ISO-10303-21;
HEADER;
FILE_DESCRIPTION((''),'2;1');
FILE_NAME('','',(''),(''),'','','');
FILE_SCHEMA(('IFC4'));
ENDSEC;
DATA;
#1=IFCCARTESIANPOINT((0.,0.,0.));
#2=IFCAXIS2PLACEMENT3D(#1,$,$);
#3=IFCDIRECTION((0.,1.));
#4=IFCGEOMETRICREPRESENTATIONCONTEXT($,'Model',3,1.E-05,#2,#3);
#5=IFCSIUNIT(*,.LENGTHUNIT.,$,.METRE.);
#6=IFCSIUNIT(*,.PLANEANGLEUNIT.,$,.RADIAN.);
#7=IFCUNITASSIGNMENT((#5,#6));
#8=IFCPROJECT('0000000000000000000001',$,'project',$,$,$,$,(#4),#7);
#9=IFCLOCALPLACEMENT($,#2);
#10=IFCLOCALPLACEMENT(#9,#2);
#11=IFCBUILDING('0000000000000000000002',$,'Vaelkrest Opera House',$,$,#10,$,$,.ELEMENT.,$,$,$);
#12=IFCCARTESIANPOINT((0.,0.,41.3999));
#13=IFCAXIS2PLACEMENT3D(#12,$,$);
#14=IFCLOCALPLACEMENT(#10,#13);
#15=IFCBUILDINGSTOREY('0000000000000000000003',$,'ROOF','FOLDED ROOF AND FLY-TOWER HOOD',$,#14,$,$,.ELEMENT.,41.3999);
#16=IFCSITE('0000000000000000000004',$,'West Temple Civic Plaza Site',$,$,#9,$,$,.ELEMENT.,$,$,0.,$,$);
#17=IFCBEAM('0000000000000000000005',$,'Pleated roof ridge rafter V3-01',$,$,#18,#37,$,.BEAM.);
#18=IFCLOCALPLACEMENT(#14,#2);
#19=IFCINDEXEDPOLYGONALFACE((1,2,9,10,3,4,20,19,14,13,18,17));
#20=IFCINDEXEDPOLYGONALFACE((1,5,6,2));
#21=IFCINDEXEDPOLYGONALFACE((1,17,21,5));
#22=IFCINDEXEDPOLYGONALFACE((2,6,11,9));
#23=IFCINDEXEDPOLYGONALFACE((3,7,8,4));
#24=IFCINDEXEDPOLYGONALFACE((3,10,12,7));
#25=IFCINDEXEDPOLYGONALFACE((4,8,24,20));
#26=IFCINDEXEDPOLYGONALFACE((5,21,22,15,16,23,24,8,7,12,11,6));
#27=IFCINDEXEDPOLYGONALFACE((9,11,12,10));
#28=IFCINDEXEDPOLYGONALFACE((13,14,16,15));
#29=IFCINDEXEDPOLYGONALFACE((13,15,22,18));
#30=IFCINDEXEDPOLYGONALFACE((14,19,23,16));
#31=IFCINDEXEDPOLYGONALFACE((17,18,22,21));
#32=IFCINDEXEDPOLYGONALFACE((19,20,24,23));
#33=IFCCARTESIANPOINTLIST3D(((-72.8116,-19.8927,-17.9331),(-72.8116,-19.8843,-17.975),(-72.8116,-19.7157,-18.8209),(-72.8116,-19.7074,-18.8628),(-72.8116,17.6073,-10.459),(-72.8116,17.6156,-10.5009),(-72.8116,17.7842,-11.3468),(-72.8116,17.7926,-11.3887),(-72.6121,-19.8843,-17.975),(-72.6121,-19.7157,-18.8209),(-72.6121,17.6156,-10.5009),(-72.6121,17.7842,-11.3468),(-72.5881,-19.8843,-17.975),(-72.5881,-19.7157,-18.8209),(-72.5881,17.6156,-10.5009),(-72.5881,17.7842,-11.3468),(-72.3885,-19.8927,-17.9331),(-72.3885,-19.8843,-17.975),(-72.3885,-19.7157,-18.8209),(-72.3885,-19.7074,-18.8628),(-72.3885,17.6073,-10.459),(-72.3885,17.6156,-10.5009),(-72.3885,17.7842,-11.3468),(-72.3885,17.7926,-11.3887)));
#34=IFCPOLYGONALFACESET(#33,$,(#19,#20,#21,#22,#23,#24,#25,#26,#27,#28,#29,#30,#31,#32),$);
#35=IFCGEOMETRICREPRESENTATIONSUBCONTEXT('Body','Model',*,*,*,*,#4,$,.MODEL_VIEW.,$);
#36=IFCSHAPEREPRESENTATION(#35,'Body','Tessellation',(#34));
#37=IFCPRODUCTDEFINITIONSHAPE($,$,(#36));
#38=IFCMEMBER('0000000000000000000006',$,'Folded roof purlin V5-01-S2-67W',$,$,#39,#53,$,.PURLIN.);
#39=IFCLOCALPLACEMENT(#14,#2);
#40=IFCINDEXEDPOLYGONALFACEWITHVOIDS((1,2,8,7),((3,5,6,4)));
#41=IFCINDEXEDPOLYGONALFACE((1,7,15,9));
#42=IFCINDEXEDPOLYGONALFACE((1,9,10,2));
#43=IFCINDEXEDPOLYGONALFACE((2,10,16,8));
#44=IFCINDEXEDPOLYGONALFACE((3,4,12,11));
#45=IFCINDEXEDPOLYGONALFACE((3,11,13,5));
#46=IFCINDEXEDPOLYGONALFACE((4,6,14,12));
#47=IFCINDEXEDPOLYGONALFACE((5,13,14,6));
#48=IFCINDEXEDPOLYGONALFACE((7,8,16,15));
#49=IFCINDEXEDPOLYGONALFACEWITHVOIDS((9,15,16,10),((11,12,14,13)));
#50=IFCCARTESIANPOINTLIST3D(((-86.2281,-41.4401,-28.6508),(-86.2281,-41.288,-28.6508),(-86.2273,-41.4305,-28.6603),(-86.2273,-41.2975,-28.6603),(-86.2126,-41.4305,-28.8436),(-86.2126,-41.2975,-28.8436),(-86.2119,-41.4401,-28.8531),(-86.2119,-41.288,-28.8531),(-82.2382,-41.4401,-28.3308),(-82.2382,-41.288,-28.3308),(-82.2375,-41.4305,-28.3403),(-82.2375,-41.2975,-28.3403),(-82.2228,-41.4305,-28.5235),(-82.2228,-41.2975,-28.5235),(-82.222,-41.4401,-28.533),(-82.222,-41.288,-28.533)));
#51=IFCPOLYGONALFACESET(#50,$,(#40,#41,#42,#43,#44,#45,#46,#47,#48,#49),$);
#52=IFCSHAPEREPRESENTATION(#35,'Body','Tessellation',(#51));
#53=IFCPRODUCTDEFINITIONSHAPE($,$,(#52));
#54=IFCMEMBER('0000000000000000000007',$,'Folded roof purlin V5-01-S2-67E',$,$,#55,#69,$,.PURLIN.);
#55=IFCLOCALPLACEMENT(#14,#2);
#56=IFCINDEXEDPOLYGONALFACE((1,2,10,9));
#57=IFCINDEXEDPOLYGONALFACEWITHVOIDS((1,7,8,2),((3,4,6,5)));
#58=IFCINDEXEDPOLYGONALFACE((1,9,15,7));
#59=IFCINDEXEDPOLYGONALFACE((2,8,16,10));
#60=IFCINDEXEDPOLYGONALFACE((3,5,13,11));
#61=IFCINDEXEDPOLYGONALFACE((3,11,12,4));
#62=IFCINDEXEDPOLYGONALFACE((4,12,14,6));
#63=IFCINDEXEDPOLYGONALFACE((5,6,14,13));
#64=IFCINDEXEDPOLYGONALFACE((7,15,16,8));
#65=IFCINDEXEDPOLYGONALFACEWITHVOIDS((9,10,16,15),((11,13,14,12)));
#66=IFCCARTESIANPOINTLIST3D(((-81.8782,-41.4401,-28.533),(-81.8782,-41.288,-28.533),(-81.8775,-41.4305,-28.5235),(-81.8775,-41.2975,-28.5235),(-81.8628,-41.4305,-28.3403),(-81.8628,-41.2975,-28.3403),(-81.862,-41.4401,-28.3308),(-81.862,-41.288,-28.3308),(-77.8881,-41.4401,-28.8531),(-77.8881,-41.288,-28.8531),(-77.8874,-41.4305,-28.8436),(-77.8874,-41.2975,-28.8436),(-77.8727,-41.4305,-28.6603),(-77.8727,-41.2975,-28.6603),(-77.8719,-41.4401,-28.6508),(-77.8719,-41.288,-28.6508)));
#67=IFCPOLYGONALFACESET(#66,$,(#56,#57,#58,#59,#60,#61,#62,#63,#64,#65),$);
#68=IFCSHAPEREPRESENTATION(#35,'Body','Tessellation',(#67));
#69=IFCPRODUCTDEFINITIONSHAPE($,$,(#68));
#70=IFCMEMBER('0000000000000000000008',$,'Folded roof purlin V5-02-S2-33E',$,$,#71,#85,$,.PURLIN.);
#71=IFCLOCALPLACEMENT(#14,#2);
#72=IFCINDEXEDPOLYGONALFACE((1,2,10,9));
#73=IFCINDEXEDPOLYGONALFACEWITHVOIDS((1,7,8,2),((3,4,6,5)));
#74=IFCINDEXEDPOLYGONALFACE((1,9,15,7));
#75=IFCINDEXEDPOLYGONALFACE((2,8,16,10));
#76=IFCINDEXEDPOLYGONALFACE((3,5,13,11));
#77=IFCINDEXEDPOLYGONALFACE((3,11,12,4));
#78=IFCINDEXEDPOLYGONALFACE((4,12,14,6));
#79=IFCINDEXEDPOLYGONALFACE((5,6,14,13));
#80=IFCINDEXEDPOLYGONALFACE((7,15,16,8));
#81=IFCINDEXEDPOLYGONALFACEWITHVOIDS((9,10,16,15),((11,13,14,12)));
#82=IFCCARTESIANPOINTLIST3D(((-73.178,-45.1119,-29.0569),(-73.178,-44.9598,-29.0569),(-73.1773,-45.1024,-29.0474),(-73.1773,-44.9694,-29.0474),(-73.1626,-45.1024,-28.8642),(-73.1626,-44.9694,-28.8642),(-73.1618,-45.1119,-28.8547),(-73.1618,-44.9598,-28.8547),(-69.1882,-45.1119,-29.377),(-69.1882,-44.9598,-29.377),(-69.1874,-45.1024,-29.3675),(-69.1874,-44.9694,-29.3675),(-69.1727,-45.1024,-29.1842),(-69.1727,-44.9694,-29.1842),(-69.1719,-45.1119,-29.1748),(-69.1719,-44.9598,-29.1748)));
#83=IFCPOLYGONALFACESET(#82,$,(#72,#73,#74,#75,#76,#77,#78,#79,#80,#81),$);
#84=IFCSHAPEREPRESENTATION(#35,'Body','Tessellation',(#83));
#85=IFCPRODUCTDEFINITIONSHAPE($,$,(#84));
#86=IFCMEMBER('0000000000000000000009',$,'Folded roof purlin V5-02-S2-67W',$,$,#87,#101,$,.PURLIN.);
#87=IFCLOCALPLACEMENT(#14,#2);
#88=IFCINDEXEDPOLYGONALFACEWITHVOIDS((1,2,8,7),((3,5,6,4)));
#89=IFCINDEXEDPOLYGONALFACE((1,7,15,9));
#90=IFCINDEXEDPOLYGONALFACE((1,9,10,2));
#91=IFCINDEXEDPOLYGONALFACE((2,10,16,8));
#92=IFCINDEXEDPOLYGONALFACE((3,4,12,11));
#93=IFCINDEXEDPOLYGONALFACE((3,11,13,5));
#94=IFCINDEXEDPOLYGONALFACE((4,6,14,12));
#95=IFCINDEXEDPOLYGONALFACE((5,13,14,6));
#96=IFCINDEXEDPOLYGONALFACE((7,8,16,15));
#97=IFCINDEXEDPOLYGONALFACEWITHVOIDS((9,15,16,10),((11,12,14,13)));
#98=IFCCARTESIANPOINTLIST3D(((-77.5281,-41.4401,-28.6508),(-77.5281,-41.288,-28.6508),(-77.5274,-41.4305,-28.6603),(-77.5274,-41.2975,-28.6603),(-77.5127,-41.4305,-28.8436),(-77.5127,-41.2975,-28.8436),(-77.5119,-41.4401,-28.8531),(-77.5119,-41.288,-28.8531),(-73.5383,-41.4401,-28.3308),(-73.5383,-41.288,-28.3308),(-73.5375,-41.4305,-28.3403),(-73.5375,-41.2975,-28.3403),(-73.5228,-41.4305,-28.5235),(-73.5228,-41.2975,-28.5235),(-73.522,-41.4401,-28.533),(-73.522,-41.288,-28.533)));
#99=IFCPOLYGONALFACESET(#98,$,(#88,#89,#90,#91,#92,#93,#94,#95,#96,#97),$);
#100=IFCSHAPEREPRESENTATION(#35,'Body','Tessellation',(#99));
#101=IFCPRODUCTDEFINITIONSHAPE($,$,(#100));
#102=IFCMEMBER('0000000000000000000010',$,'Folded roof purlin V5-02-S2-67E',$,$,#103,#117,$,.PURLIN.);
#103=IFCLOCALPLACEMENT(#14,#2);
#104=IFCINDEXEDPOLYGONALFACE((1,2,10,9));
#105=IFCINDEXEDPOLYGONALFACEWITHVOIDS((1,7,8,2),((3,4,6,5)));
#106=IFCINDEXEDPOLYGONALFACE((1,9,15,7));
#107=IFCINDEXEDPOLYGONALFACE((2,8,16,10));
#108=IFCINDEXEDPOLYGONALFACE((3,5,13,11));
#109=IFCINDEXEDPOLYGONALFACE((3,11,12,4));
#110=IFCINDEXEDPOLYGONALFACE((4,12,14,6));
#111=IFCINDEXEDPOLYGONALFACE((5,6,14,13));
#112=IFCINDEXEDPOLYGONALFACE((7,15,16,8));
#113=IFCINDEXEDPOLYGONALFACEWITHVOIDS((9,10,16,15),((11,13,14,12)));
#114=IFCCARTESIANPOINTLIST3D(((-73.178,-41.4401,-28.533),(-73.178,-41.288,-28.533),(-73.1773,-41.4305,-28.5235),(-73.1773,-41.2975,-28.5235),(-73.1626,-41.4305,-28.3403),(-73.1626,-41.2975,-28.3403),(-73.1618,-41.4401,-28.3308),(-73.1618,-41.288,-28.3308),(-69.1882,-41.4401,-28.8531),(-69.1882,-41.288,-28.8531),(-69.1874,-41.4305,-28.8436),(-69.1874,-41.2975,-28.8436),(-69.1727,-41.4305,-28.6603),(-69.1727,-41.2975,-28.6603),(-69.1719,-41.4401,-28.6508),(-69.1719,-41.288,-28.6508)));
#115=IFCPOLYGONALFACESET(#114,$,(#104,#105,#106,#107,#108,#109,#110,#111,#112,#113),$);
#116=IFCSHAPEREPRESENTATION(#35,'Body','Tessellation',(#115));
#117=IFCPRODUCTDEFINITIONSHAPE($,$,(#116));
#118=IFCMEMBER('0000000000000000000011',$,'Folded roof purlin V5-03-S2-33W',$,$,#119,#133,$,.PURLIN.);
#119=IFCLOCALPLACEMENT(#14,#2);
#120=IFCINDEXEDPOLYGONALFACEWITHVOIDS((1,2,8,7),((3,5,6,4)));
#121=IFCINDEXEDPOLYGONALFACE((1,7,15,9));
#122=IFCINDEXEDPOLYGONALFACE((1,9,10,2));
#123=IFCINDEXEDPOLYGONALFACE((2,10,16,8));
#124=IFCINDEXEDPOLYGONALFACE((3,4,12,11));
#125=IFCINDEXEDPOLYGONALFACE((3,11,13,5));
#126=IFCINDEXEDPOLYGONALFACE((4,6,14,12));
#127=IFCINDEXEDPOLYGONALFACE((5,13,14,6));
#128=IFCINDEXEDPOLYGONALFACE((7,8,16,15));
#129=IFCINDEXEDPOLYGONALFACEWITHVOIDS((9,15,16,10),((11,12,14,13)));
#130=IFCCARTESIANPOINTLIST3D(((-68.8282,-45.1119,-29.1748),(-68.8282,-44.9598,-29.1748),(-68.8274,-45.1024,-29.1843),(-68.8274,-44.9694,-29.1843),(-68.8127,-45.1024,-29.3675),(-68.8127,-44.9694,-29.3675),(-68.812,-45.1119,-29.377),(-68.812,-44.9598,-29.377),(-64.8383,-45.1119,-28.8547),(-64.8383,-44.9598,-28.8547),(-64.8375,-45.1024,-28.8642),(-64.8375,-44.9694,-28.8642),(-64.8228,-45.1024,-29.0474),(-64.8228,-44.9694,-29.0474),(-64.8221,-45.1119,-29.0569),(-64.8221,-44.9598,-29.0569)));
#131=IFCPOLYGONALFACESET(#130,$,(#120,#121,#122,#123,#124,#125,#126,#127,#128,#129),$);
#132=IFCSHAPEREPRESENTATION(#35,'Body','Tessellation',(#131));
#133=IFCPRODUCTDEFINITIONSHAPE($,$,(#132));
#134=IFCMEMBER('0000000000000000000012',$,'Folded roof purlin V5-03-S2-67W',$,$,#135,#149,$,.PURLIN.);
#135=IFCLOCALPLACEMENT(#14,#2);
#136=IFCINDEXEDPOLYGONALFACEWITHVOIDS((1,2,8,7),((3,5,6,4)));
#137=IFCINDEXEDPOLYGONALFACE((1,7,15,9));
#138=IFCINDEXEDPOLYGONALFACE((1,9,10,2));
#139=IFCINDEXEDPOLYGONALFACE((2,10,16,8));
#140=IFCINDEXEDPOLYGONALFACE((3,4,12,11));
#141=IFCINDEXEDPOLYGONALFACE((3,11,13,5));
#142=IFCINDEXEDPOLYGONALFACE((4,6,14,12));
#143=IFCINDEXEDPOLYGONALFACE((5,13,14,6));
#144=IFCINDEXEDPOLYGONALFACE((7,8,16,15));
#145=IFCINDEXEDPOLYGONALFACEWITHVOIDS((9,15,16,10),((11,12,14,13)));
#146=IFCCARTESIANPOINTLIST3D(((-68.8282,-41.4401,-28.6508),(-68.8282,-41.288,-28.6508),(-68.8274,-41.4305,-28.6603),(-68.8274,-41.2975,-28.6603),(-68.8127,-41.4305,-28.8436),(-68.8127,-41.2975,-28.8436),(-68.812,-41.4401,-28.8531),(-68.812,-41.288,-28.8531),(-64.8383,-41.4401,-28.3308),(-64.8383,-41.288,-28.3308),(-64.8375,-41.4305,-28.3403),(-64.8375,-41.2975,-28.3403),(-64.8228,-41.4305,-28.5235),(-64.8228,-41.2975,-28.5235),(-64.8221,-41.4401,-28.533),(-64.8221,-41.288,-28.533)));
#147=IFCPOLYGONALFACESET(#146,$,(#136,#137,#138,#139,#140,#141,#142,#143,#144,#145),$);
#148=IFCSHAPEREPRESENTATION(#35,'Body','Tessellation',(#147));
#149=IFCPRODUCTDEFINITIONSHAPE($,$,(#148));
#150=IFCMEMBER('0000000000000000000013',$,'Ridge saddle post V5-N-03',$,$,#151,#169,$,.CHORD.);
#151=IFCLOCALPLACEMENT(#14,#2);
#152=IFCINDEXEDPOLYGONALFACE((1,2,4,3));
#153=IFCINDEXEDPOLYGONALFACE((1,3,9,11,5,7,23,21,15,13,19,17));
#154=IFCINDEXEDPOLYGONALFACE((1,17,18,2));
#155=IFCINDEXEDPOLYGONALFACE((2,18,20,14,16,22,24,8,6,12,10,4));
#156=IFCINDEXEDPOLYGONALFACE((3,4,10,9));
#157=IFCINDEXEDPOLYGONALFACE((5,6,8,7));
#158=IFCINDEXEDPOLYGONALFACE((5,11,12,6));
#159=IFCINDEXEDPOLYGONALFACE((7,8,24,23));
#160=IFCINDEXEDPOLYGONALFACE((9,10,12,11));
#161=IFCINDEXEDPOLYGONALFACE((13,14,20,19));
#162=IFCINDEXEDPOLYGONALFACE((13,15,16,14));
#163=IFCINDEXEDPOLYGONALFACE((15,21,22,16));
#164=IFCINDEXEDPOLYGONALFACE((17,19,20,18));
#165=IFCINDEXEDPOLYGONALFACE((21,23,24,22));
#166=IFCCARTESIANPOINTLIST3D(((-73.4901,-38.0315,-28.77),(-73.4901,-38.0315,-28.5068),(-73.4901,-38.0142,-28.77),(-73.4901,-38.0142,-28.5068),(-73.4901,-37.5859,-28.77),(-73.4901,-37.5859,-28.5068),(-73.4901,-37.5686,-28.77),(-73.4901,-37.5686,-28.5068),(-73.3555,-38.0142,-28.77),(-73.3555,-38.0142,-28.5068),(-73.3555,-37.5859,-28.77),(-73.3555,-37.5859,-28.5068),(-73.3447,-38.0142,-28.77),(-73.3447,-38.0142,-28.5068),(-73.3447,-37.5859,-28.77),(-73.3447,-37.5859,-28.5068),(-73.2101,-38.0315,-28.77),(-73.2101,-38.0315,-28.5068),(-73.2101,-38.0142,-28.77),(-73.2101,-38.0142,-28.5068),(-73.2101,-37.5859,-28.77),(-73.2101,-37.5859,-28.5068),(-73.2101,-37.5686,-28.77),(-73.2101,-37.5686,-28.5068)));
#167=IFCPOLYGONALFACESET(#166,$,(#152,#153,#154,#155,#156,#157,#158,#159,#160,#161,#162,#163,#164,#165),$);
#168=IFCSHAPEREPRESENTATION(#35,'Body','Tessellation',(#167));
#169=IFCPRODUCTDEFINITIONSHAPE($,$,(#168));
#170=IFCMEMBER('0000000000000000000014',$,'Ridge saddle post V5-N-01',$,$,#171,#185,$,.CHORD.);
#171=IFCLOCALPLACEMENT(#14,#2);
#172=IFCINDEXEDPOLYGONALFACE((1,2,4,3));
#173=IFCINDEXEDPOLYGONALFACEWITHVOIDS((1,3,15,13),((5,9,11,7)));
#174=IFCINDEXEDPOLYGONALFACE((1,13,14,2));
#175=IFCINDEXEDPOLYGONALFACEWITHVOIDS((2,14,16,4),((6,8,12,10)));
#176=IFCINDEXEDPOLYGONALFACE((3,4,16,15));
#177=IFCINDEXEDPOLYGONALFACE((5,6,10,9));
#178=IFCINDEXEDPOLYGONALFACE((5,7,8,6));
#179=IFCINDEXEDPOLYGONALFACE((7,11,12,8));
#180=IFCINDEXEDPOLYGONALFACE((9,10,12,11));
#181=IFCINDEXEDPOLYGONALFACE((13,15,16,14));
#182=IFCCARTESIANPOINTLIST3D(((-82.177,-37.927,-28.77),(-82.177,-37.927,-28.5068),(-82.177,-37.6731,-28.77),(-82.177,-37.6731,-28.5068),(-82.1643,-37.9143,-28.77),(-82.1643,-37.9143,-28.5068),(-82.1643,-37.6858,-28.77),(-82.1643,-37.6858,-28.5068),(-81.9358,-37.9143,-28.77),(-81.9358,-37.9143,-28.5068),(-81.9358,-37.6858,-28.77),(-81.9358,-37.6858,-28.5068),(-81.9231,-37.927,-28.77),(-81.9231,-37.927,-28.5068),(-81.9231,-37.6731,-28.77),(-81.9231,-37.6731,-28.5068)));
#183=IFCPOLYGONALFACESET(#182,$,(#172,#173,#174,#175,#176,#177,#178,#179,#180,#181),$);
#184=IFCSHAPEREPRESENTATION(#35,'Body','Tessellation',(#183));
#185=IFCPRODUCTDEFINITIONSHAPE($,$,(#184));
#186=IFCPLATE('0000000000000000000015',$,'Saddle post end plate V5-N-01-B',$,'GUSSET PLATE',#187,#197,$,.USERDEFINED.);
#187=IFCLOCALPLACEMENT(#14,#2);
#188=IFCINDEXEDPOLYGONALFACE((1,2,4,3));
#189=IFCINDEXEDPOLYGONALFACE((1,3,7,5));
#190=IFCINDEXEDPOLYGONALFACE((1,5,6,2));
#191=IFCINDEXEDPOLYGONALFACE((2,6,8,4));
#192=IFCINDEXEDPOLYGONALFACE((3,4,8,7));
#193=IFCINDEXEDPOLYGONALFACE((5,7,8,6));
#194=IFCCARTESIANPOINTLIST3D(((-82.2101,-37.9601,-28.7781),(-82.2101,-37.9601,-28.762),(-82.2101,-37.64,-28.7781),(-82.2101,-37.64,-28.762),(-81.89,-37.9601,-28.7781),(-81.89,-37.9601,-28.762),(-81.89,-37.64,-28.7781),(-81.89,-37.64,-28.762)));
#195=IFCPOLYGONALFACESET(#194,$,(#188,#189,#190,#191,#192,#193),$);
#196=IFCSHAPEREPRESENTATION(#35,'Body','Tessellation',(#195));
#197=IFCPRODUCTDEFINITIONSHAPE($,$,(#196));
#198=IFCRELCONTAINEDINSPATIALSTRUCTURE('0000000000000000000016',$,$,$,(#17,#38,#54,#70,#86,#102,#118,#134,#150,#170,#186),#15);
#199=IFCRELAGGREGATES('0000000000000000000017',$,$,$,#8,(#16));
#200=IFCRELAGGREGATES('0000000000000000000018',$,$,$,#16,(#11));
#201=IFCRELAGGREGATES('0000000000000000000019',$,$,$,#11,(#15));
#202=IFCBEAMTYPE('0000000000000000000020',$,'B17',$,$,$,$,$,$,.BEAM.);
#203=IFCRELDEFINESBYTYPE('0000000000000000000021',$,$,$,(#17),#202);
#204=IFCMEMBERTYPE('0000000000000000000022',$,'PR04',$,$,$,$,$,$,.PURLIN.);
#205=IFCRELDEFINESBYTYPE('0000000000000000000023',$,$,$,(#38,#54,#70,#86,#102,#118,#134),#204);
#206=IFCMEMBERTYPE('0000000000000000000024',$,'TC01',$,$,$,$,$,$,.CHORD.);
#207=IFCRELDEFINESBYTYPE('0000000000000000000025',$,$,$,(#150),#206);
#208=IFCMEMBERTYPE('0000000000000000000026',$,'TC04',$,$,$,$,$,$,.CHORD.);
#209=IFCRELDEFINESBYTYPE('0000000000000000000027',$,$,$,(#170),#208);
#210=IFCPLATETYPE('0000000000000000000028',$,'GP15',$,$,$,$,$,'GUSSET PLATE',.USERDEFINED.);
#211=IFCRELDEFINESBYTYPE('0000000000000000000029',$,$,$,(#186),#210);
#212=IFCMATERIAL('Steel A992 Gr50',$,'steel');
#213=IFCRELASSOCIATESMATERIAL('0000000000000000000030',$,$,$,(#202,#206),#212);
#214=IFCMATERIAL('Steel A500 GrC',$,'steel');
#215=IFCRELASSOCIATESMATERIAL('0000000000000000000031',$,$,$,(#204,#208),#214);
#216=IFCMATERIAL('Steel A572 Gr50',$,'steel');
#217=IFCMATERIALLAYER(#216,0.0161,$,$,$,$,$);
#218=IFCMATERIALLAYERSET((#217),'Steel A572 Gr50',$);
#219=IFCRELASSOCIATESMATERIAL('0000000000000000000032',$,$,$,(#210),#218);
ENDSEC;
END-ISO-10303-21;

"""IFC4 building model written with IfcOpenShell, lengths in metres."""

from ifc_helpers import new_model, si_unit, direction, frame, origin, origin_2d, place, context, subcontext, project, spatial, rectangle, hollow_rectangle, i_section, extrude, material, layer, layer_set, material_profile, profile_set, type_object, element, save


model = new_model("IFC4")

# Units and contexts
model_context = context("Model", 3, precision=1e-05, world=origin(), true_north=direction((0.0, 1.0)))
body_context = subcontext(model_context, "Body", "Model", "MODEL_VIEW")
ifc_project = project(units=[si_unit("LENGTHUNIT", "METRE"), si_unit("PLANEANGLEUNIT", "RADIAN")], contexts=[model_context])

# Site, building, storey
site_placement = place(None, origin())
site = spatial("IfcSite", under=ifc_project, at=site_placement, Name="West Temple Civic Plaza Site", CompositionType="ELEMENT", RefElevation=0.0)
building_placement = place(site_placement, origin())
building = spatial("IfcBuilding", under=site, at=building_placement, Name="Vaelkrest Opera House", CompositionType="ELEMENT")
storey_placement = place(building_placement, frame((0.0, 0.0, 41.3999)))
storey = spatial("IfcBuildingStorey", under=building, at=storey_placement, Name="ROOF", Description="FOLDED ROOF AND FLY-TOWER HOOD", CompositionType="ELEMENT", Elevation=41.3999)

# Beam
ifc_material_1 = material(Name="Steel A992 Gr50", Category="steel")
ifc_material_profile_1 = material_profile(ifc_material_1, i_section(OverallWidth=0.4231, OverallDepth=0.948, WebThickness=0.0239, FlangeThickness=0.0427, at=origin_2d()), Name="W36X302")
ifc_profile_set_1 = profile_set([ifc_material_profile_1], Name="Steel A992 Gr50")
beam_type = type_object("IfcBeamType", Name="B17", PredefinedType="BEAM", material=ifc_profile_set_1)
beam_placement = place(storey_placement, frame((-72.6001, -19.8, -18.3979), z_axis=(0.0, 0.980711, 0.195465), x_axis=(-1.0, 0.0, 0.0)))
element("IfcBeam", 1, at=beam_placement, inside=storey, type_object=beam_type, Name="Pleated roof ridge rafter V3-01", PredefinedType="BEAM", context=body_context, shape_type="SweptSolid", body=[
    extrude(i_section(OverallWidth=0.4231, OverallDepth=0.948, WebThickness=0.0239, FlangeThickness=0.0427, at=origin_2d()), origin(), (0.0, 0.0, 1.0), 38.2375),
])

# Members
ifc_material_2 = material(Name="Steel A500 GrC", Category="steel")
ifc_material_profile_2 = material_profile(ifc_material_2, hollow_rectangle(XDim=0.1521, YDim=0.2029, WallThickness=0.0095, at=origin_2d()), Name="HSS203X152X9.5")
ifc_profile_set_2 = profile_set([ifc_material_profile_2], Name="Steel A500 GrC")
member_type_1 = type_object("IfcMemberType", Name="PR04", PredefinedType="PURLIN", material=ifc_profile_set_2)
member_1_placement = place(storey_placement, frame((-86.22, -41.364, -28.752), z_axis=(0.996798, 0.0, 0.079961), x_axis=(0.0, 1.0, 0.0)))
element("IfcMember", 2, at=member_1_placement, inside=storey, type_object=member_type_1, Name="Folded roof purlin V5-01-S2-67W", PredefinedType="PURLIN", context=body_context, shape_type="SweptSolid", body=[
    extrude(hollow_rectangle(XDim=0.1521, YDim=0.2029, WallThickness=0.0095, at=origin_2d()), origin(), (0.0, 0.0, 1.0), 4.0027),
])
member_2_placement = place(storey_placement, frame((-81.8701, -41.364, -28.4319), z_axis=(0.996798, 0.0, -0.079956), x_axis=(0.0, 1.0, 0.0)))
element("IfcMember", 3, at=member_2_placement, inside=storey, type_object=member_type_1, Name="Folded roof purlin V5-01-S2-67E", PredefinedType="PURLIN", context=body_context, shape_type="SweptSolid", body=[
    extrude(hollow_rectangle(XDim=0.1521, YDim=0.2029, WallThickness=0.0095, at=origin_2d()), origin(), (0.0, 0.0, 1.0), 4.0029),
])
for number, where, z_axis, x_axis, name in (
    (4, (-73.1699, -45.0359, -28.9558), (0.996798, 0.0, -0.079961), (0.0, 1.0, 0.0), "Folded roof purlin V5-02-S2-33E"),
    (5, (-77.52, -41.364, -28.752), (0.996798, 0.0, 0.079961), (0.0, 1.0, 0.0), "Folded roof purlin V5-02-S2-67W"),
    (6, (-73.1699, -41.364, -28.4319), (0.996798, 0.0, -0.079961), (0.0, 1.0, 0.0), "Folded roof purlin V5-02-S2-67E"),
    (7, (-68.8201, -45.0359, -29.2759), (0.996798, 0.0, 0.079961), (0.0, 1.0, 0.0), "Folded roof purlin V5-03-S2-33W"),
    (8, (-68.8201, -41.364, -28.752), (0.996798, 0.0, 0.079961), (0.0, 1.0, 0.0), "Folded roof purlin V5-03-S2-67W"),
):
    element("IfcMember", number, at=place(storey_placement, frame(where, z_axis=z_axis, x_axis=x_axis)), inside=storey, type_object=member_type_1, Name=name, PredefinedType="PURLIN", context=body_context, shape_type="SweptSolid", body=[
        extrude(hollow_rectangle(XDim=0.1521, YDim=0.2029, WallThickness=0.0095, at=origin_2d()), origin(), (0.0, 0.0, 1.0), 4.0027),
    ])
ifc_material_profile_3 = material_profile(ifc_material_1, i_section(OverallWidth=0.28, OverallDepth=0.4629, WebThickness=0.0107, FlangeThickness=0.0173, at=origin_2d()), Name="W18X76")
ifc_profile_set_3 = profile_set([ifc_material_profile_3], Name="Steel A992 Gr50")
member_type_2 = type_object("IfcMemberType", Name="TC01", PredefinedType="CHORD", material=ifc_profile_set_3)
member_3_placement = place(storey_placement, frame((-73.3501, -37.8, -28.77), z_axis=(0.0, 0.0, 1.0), x_axis=(1.0, 0.0, 0.0)))
element("IfcMember", 9, at=member_3_placement, inside=storey, type_object=member_type_2, Name="Ridge saddle post V5-N-03", PredefinedType="CHORD", context=body_context, shape_type="SweptSolid", body=[
    extrude(i_section(OverallWidth=0.28, OverallDepth=0.4629, WebThickness=0.0107, FlangeThickness=0.0173, at=origin_2d()), origin(), (0.0, 0.0, 1.0), 0.2632),
])
ifc_material_profile_4 = material_profile(ifc_material_2, hollow_rectangle(XDim=0.2539, YDim=0.2539, WallThickness=0.0127, at=origin_2d()), Name="HSS254X254X12.7")
ifc_profile_set_4 = profile_set([ifc_material_profile_4], Name="Steel A500 GrC")
member_type_3 = type_object("IfcMemberType", Name="TC04", PredefinedType="CHORD", material=ifc_profile_set_4)
member_4_placement = place(storey_placement, frame((-82.05, -37.8, -28.77), z_axis=(0.0, 0.0, 1.0), x_axis=(1.0, 0.0, 0.0)))
element("IfcMember", 10, at=member_4_placement, inside=storey, type_object=member_type_3, Name="Ridge saddle post V5-N-01", PredefinedType="CHORD", context=body_context, shape_type="SweptSolid", body=[
    extrude(hollow_rectangle(XDim=0.2539, YDim=0.2539, WallThickness=0.0127, at=origin_2d()), origin(), (0.0, 0.0, 1.0), 0.2632),
])

# Plate
ifc_material_3 = material(Name="Steel A572 Gr50", Category="steel")
ifc_layer_1 = layer(ifc_material_3, 0.0161)
ifc_layer_set_1 = layer_set([ifc_layer_1], Name="Steel A572 Gr50")
plate_type = type_object("IfcPlateType", Name="GP15", ElementType="GUSSET PLATE", PredefinedType="USERDEFINED", material=ifc_layer_set_1)
for number, where, z_axis, x_axis, name in (
    (11, (-82.05, -37.8, -28.7781), (0.0, 0.0, 1.0), (1.0, 0.0, 0.0), "Saddle post end plate V5-N-01-B"),
):
    element("IfcPlate", number, at=place(storey_placement, frame(where, z_axis=z_axis, x_axis=x_axis)), inside=storey, type_object=plate_type, Name=name, ObjectType="GUSSET PLATE", PredefinedType="USERDEFINED", context=body_context, shape_type="SweptSolid", body=[
        extrude(rectangle(XDim=0.3201, YDim=0.3201, at=origin_2d()), origin(), (0.0, 0.0, 1.0), 0.0161),
    ])

save(model, "model.ifc")
